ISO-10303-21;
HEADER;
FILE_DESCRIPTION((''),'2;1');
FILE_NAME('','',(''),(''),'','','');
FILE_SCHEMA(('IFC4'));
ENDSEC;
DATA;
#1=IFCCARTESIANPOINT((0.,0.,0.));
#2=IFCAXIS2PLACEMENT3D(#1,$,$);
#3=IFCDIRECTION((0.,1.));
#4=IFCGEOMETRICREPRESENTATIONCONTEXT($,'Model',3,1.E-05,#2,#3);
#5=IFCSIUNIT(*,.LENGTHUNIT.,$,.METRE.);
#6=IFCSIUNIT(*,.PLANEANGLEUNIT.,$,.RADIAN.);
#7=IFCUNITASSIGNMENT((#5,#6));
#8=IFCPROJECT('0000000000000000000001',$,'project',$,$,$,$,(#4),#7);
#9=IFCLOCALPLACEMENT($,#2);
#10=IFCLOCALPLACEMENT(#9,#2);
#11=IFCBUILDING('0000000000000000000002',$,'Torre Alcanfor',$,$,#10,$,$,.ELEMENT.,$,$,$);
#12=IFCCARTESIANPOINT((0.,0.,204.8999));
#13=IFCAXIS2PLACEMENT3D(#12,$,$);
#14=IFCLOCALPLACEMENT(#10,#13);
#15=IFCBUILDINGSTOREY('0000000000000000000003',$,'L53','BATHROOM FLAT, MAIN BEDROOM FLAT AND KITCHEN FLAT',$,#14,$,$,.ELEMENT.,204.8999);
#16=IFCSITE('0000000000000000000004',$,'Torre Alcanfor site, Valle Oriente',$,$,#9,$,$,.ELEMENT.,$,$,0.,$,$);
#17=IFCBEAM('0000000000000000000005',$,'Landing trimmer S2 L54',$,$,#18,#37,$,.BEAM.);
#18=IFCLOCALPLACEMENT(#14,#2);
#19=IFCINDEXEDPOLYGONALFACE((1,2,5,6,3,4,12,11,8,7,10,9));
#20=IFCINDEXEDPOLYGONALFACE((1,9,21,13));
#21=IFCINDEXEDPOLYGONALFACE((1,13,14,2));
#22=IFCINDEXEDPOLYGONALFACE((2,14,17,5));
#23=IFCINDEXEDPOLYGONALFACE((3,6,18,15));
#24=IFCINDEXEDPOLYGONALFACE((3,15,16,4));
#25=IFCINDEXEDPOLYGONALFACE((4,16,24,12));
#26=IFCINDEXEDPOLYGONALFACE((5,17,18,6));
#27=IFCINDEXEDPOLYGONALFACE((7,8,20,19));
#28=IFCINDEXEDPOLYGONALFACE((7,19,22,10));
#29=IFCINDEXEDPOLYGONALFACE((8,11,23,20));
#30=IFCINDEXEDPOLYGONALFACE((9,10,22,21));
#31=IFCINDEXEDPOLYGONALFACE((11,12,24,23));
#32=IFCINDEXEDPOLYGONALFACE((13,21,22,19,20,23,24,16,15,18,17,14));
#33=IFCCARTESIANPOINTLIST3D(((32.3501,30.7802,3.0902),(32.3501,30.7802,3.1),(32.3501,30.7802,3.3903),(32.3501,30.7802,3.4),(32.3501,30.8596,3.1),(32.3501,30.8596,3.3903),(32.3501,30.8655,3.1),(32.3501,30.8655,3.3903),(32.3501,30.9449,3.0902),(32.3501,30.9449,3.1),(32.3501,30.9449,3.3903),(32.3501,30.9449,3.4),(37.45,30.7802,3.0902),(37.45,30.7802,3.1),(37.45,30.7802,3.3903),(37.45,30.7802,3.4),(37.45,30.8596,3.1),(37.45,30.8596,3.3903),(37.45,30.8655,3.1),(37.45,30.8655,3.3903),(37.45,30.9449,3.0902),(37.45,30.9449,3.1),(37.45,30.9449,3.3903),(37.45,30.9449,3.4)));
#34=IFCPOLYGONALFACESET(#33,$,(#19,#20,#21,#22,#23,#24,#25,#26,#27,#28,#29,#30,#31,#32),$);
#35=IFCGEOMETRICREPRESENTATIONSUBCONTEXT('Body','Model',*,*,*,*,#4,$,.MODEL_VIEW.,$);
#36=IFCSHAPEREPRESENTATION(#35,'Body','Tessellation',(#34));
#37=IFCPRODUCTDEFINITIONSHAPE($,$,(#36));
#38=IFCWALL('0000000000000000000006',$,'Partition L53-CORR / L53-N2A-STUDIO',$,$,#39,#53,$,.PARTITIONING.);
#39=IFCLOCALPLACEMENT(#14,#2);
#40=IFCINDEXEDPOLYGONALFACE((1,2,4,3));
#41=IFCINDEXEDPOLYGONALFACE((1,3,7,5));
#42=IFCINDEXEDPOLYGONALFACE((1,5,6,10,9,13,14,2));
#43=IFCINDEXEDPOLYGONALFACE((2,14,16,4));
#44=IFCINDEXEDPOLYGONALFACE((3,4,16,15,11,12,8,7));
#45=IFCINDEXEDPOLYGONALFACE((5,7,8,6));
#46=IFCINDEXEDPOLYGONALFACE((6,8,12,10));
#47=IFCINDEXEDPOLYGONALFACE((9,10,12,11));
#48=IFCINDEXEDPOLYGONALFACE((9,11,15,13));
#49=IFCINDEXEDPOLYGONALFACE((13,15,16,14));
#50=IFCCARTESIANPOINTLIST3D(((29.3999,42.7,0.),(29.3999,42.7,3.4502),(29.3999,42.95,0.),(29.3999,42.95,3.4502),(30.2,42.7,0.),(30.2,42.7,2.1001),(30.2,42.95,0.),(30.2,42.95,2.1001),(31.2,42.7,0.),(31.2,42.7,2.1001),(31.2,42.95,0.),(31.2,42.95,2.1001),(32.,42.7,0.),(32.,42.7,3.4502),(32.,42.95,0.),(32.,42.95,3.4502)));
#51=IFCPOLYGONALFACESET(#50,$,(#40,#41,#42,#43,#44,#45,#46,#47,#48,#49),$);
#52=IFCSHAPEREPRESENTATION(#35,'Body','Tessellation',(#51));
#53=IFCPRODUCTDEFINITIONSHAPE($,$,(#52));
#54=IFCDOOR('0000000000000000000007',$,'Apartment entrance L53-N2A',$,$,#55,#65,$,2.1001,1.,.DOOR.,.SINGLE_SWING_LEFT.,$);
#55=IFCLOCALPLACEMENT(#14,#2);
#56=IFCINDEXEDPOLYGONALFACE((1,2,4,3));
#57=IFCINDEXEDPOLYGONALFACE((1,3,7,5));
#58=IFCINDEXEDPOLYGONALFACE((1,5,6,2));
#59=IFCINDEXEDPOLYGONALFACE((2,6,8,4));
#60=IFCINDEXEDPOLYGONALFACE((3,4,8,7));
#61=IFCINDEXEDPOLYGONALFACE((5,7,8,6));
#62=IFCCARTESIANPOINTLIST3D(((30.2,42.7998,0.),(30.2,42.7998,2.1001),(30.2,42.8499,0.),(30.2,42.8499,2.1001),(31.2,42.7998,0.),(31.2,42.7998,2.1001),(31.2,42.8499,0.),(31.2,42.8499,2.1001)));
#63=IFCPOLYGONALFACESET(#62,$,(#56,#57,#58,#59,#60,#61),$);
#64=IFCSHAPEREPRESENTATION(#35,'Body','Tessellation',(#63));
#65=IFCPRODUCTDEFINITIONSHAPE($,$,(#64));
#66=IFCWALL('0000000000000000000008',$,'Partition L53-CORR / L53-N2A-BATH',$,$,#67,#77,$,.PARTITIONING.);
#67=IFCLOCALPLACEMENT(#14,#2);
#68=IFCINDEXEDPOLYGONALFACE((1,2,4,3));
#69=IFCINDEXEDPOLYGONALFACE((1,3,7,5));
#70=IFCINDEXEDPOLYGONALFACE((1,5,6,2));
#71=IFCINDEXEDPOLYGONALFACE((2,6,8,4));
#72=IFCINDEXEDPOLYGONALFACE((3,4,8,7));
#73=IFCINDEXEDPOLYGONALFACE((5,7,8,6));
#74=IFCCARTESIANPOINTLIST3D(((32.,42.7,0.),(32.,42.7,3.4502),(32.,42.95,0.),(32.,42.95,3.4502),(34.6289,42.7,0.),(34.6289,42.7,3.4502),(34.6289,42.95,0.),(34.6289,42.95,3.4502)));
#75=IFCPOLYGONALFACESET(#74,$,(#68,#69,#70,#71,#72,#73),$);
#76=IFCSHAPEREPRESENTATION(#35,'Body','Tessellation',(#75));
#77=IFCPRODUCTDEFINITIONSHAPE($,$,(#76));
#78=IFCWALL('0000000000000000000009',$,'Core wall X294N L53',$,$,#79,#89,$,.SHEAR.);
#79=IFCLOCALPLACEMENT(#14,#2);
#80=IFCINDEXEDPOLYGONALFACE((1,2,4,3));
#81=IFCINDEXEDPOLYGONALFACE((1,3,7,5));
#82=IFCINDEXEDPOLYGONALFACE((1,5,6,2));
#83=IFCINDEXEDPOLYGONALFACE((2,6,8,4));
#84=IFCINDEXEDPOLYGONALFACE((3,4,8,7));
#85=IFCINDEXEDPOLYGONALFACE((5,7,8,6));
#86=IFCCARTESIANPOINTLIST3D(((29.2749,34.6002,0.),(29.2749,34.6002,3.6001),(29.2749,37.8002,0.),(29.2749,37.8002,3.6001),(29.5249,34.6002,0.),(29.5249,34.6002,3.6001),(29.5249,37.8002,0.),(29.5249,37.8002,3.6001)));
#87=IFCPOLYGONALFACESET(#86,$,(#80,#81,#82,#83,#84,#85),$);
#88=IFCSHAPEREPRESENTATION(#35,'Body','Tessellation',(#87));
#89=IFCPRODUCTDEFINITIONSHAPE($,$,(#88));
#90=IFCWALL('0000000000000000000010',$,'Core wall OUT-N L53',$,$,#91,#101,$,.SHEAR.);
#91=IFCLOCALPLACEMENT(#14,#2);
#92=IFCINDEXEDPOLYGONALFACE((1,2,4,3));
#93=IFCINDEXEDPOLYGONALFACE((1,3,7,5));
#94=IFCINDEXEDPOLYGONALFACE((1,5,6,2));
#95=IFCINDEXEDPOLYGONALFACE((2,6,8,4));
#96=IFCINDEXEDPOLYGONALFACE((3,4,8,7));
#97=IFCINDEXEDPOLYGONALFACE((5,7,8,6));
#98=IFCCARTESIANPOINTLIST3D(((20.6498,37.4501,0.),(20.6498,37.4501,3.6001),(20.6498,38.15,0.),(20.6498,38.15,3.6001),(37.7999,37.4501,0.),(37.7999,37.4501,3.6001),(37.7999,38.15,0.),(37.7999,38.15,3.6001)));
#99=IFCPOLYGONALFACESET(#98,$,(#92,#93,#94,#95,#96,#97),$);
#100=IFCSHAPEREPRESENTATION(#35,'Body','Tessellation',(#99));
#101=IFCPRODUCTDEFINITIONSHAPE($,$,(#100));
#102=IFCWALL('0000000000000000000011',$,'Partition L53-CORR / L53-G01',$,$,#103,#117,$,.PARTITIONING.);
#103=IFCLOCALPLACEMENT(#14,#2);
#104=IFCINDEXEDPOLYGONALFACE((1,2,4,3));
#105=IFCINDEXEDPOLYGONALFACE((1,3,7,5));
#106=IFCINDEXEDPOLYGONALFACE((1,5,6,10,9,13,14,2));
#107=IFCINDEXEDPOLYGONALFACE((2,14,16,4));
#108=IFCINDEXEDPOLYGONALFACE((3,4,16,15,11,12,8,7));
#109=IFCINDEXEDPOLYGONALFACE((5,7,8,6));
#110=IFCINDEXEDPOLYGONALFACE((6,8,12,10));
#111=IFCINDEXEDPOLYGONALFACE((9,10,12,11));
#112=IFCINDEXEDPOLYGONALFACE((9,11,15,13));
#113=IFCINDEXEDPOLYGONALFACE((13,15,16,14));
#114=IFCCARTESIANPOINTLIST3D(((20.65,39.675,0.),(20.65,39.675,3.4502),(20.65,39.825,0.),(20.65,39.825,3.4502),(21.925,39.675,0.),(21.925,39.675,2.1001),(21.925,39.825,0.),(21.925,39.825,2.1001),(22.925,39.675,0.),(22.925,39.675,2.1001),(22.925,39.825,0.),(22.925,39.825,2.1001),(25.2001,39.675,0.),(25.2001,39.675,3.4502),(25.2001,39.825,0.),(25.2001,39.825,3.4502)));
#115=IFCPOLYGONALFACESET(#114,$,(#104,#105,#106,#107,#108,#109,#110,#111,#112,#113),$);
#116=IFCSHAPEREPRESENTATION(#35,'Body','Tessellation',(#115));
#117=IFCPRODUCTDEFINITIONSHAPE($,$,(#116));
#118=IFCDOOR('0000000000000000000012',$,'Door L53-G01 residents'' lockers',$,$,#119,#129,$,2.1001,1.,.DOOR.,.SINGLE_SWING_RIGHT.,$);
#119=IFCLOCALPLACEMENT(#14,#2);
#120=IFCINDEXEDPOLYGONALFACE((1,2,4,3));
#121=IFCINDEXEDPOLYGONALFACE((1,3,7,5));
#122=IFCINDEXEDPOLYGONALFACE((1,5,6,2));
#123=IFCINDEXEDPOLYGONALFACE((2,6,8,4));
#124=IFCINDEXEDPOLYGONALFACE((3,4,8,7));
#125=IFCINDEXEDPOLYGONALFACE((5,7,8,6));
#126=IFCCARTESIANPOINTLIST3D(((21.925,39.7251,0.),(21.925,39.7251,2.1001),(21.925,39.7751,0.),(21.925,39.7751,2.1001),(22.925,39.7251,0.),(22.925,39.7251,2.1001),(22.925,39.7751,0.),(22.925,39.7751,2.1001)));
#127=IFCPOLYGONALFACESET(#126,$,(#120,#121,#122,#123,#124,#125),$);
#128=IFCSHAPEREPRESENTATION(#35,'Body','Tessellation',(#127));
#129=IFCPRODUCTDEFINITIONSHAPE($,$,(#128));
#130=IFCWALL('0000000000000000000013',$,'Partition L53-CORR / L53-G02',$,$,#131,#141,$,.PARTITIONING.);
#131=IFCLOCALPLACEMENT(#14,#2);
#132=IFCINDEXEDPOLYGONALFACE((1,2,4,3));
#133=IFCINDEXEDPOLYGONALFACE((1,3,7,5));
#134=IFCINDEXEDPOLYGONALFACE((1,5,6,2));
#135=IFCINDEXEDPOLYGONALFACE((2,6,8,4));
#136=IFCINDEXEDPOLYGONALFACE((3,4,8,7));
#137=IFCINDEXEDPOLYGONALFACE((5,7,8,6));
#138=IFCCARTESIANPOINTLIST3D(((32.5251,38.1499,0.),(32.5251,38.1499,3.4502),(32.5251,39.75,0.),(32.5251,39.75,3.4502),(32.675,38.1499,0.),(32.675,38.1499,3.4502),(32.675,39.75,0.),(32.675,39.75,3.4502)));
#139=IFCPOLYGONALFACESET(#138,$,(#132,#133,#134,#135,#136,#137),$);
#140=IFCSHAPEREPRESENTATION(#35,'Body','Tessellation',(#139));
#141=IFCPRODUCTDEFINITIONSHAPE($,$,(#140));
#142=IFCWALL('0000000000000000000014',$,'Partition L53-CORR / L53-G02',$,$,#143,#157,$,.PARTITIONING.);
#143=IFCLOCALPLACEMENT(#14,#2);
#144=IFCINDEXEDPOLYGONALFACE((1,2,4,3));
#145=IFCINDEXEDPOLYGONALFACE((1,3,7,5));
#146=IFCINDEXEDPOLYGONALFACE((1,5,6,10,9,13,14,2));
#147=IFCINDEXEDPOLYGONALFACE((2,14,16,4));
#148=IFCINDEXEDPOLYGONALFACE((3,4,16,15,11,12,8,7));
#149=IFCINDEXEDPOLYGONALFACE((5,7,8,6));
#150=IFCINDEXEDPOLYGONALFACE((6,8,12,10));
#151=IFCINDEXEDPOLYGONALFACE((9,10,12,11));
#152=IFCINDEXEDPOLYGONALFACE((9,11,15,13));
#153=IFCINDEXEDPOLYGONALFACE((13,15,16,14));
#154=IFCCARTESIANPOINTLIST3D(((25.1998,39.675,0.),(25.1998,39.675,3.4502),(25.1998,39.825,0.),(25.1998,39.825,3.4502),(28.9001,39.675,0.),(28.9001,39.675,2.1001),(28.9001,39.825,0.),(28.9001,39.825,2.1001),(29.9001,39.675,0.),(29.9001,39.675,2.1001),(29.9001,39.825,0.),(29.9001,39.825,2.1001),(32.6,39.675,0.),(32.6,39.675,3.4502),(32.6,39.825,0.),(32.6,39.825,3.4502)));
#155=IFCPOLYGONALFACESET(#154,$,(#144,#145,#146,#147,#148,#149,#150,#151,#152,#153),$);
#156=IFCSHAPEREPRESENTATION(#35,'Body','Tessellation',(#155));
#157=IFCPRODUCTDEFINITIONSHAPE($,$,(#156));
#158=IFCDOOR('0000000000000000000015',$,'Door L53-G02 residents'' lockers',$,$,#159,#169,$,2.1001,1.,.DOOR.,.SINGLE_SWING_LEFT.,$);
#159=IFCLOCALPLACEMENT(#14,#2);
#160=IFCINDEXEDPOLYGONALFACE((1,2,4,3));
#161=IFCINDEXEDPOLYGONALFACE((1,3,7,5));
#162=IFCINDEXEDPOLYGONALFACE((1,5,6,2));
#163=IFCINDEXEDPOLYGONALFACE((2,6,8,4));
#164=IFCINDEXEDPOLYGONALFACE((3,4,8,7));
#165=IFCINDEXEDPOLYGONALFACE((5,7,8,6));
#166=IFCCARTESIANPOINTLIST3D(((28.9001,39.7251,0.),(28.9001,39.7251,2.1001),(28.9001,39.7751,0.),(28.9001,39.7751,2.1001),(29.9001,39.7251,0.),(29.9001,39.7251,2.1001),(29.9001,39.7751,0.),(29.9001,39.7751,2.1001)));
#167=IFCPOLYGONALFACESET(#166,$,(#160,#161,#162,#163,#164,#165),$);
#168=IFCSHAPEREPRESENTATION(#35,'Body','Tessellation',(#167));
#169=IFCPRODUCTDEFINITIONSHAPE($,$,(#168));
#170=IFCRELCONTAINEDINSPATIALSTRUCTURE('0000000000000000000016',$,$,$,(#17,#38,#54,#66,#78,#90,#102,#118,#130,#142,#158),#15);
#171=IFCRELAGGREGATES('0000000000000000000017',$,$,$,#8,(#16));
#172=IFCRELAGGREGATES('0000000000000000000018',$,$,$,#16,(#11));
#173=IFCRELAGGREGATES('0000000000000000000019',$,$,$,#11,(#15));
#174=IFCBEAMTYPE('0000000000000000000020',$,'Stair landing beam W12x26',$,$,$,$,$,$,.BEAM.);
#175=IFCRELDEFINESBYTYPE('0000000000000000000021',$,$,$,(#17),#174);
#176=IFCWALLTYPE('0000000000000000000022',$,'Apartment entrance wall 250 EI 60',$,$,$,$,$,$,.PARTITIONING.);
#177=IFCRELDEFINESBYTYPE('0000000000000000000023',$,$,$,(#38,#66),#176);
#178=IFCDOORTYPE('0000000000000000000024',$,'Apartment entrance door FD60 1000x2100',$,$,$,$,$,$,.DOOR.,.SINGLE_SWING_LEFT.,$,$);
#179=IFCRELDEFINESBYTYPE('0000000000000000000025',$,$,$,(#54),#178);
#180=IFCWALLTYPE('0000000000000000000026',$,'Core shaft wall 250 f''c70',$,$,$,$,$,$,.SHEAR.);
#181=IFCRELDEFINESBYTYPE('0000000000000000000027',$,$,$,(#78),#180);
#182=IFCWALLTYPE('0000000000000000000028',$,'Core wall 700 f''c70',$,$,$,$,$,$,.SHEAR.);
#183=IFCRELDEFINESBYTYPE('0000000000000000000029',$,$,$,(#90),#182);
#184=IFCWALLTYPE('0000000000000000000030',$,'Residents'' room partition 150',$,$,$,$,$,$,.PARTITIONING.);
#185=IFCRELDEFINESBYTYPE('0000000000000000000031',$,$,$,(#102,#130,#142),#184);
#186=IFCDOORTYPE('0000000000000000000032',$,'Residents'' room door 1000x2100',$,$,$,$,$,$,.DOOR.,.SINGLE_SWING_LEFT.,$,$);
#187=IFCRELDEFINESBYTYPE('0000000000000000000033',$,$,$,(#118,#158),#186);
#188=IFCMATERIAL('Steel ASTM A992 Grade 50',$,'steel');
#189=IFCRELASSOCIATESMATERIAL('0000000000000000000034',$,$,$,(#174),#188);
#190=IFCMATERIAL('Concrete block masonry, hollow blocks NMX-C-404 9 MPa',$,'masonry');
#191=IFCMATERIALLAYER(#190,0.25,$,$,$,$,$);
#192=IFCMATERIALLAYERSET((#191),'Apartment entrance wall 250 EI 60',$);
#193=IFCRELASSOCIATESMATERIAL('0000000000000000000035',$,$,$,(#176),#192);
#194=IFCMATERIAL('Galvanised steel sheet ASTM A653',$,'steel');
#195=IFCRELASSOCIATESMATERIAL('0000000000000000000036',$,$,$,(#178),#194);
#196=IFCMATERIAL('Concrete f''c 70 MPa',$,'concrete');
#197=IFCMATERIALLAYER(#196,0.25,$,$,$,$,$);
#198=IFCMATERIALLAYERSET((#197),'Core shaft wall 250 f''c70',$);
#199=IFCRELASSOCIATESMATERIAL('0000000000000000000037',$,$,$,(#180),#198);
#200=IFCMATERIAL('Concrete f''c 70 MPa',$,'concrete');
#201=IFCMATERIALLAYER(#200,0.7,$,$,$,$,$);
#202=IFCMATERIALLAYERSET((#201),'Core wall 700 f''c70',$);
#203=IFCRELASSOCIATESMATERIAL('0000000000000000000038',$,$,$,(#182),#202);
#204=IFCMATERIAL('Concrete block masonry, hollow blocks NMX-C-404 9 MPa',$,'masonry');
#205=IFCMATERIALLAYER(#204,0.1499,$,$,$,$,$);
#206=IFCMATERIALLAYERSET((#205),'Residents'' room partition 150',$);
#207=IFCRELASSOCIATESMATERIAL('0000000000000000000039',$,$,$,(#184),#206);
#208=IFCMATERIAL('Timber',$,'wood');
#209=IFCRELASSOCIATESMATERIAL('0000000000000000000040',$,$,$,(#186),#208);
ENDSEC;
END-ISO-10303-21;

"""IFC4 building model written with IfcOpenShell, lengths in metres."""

from ifc_helpers import new_model, si_unit, direction, frame, frame_2d, origin, origin_2d, place, context, subcontext, project, spatial, rectangle, i_section, extrude, material, layer, layer_set, material_profile, profile_set, type_object, element, fill, save


model = new_model("IFC4")

# Units and contexts
model_context = context("Model", 3, precision=1e-05, world=origin(), true_north=direction((0.0, 1.0)))
body_context = subcontext(model_context, "Body", "Model", "MODEL_VIEW")
ifc_project = project(units=[si_unit("LENGTHUNIT", "METRE"), si_unit("PLANEANGLEUNIT", "RADIAN")], contexts=[model_context])

# Site, building, storey
site_placement = place(None, origin())
site = spatial("IfcSite", under=ifc_project, at=site_placement, Name="Torre Alcanfor site, Valle Oriente", CompositionType="ELEMENT", RefElevation=0.0)
building_placement = place(site_placement, origin())
building = spatial("IfcBuilding", under=site, at=building_placement, Name="Torre Alcanfor", CompositionType="ELEMENT")
storey_placement = place(building_placement, frame((0.0, 0.0, 204.8999)))
storey = spatial("IfcBuildingStorey", under=building, at=storey_placement, Name="L53", Description="BATHROOM FLAT, MAIN BEDROOM FLAT AND KITCHEN FLAT", CompositionType="ELEMENT", Elevation=204.8999)

# Beam
ifc_material_1 = material(Name="Steel ASTM A992 Grade 50", Category="steel")
ifc_material_profile_1 = material_profile(ifc_material_1, i_section(OverallWidth=0.1648, OverallDepth=0.3098, WebThickness=0.0059, FlangeThickness=0.0098, at=origin_2d()), Name="W12x26")
ifc_profile_set_1 = profile_set([ifc_material_profile_1], Name="Steel ASTM A992 Grade 50")
beam_type_1 = type_object("IfcBeamType", Name="Stair landing beam W12x26", PredefinedType="BEAM", material=ifc_profile_set_1)
beam_1_placement = place(storey_placement, frame((32.3501, 30.8625, 3.2451), z_axis=(1.0, 0.0, 0.0), x_axis=(0.0, 1.0, 0.0)))
element("IfcBeam", 1, at=beam_1_placement, inside=storey, type_object=beam_type_1, Name="Landing trimmer S2 L54", PredefinedType="BEAM", context=body_context, shape_type="SweptSolid", body=[
    extrude(i_section(OverallWidth=0.1648, OverallDepth=0.3098, WebThickness=0.0059, FlangeThickness=0.0098, at=origin_2d()), origin(), (0.0, 0.0, 1.0), 5.0999),
])

# Wall, opening, door
ifc_material_2 = material(Name="Concrete block masonry, hollow blocks NMX-C-404 9 MPa", Category="masonry")
ifc_layer_1 = layer(ifc_material_2, 0.25)
ifc_layer_set_1 = layer_set([ifc_layer_1], Name="Apartment entrance wall 250 EI 60")
wall_type_1 = type_object("IfcWallType", Name="Apartment entrance wall 250 EI 60", PredefinedType="PARTITIONING", material=ifc_layer_set_1)
wall_1_placement = place(storey_placement, frame((29.3999, 42.825, 0.0), z_axis=(0.0, 0.0, 1.0), x_axis=(1.0, 0.0, 0.0)))
wall_1 = element("IfcWall", 2, at=wall_1_placement, inside=storey, type_object=wall_type_1, Name="Partition L53-CORR / L53-N2A-STUDIO", PredefinedType="PARTITIONING", context=body_context, shape_type="SweptSolid", body=[
    extrude(rectangle(XDim=2.6001, YDim=0.25, at=frame_2d((1.3, 0.0))), origin(), (0.0, 0.0, 1.0), 3.4502),
])
opening_1_placement = place(wall_1_placement, frame((0.8, 0.0, 0.0)))
opening_1 = element("IfcOpeningElement", 3, at=opening_1_placement, cuts=wall_1, PredefinedType="OPENING", context=body_context, shape_type="SweptSolid", body=[
    extrude(rectangle(XDim=1.0, YDim=2.1001, at=frame_2d((0.5, 1.05))), frame((0.0, 0.135, 0.0), z_axis=(0.0, -1.0, 0.0), x_axis=(1.0, 0.0, 0.0)), (0.0, 0.0, 1.0), 0.27),
])
ifc_material_3 = material(Name="Galvanised steel sheet ASTM A653", Category="steel")
door_type_1 = type_object("IfcDoorType", Name="Apartment entrance door FD60 1000x2100", OperationType="SINGLE_SWING_LEFT", PredefinedType="DOOR", material=ifc_material_3)
door_1_placement = place(opening_1_placement, origin())
door_1 = element("IfcDoor", 4, at=door_1_placement, inside=storey, type_object=door_type_1, Name="Apartment entrance L53-N2A", OperationType="SINGLE_SWING_LEFT", OverallHeight=2.1001, OverallWidth=1.0, PredefinedType="DOOR", context=body_context, shape_type="SweptSolid", body=[
    extrude(rectangle(XDim=1.0, YDim=2.1001, at=frame_2d((0.5, 1.05))), frame((0.0, 0.0249, 0.0), z_axis=(0.0, -1.0, 0.0), x_axis=(1.0, 0.0, 0.0)), (0.0, 0.0, 1.0), 0.05),
])
fill(opening_1, door_1)

# Walls
wall_2_placement = place(storey_placement, frame((32.0, 42.825, 0.0), z_axis=(0.0, 0.0, 1.0), x_axis=(1.0, 0.0, 0.0)))
element("IfcWall", 5, at=wall_2_placement, inside=storey, type_object=wall_type_1, Name="Partition L53-CORR / L53-N2A-BATH", PredefinedType="PARTITIONING", context=body_context, shape_type="SweptSolid", body=[
    extrude(rectangle(XDim=2.6289, YDim=0.25, at=frame_2d((1.3145, 0.0))), origin(), (0.0, 0.0, 1.0), 3.4502),
])
ifc_material_4 = material(Name="Concrete f'c 70 MPa", Category="concrete")
ifc_layer_2 = layer(ifc_material_4, 0.25)
ifc_layer_set_2 = layer_set([ifc_layer_2], Name="Core shaft wall 250 f'c70")
wall_type_2 = type_object("IfcWallType", Name="Core shaft wall 250 f'c70", PredefinedType="SHEAR", material=ifc_layer_set_2)
wall_3_placement = place(storey_placement, frame((29.3999, 34.6001, 0.0), z_axis=(0.0, 0.0, 1.0), x_axis=(0.0, 1.0, 0.0)))
element("IfcWall", 6, at=wall_3_placement, inside=storey, type_object=wall_type_2, Name="Core wall X294N L53", PredefinedType="SHEAR", context=body_context, shape_type="SweptSolid", body=[
    extrude(rectangle(XDim=3.2, YDim=0.25, at=frame_2d((1.6001, 0.0))), origin(), (0.0, 0.0, 1.0), 3.6001),
])
ifc_material_5 = material(Name="Concrete f'c 70 MPa", Category="concrete")
ifc_layer_3 = layer(ifc_material_5, 0.7)
ifc_layer_set_3 = layer_set([ifc_layer_3], Name="Core wall 700 f'c70")
wall_type_3 = type_object("IfcWallType", Name="Core wall 700 f'c70", PredefinedType="SHEAR", material=ifc_layer_set_3)
wall_4_placement = place(storey_placement, frame((37.8, 37.8, 0.0), z_axis=(0.0, 0.0, 1.0), x_axis=(-1.0, 0.0, 0.0)))
element("IfcWall", 7, at=wall_4_placement, inside=storey, type_object=wall_type_3, Name="Core wall OUT-N L53", PredefinedType="SHEAR", context=body_context, shape_type="SweptSolid", body=[
    extrude(rectangle(XDim=17.1501, YDim=0.7, at=frame_2d((8.5752, 0.0))), origin(), (0.0, 0.0, 1.0), 3.6001),
])

# Wall, opening, door
ifc_material_6 = material(Name="Concrete block masonry, hollow blocks NMX-C-404 9 MPa", Category="masonry")
ifc_layer_4 = layer(ifc_material_6, 0.1499)
ifc_layer_set_4 = layer_set([ifc_layer_4], Name="Residents' room partition 150")
wall_type_4 = type_object("IfcWallType", Name="Residents' room partition 150", PredefinedType="PARTITIONING", material=ifc_layer_set_4)
wall_5_placement = place(storey_placement, frame((25.2, 39.75, 0.0), z_axis=(0.0, 0.0, 1.0), x_axis=(-1.0, 0.0, 0.0)))
wall_5 = element("IfcWall", 8, at=wall_5_placement, inside=storey, type_object=wall_type_4, Name="Partition L53-CORR / L53-G01", PredefinedType="PARTITIONING", context=body_context, shape_type="SweptSolid", body=[
    extrude(rectangle(XDim=4.55, YDim=0.1499, at=frame_2d((2.2749, 0.0))), origin(), (0.0, 0.0, 1.0), 3.4502),
])
opening_2_placement = place(wall_5_placement, frame((2.2749, 0.0, 0.0)))
opening_2 = element("IfcOpeningElement", 9, at=opening_2_placement, cuts=wall_5, PredefinedType="OPENING", context=body_context, shape_type="SweptSolid", body=[
    extrude(rectangle(XDim=1.0, YDim=2.1001, at=frame_2d((0.5, 1.05))), frame((0.0, 0.085, 0.0), z_axis=(0.0, -1.0, 0.0), x_axis=(1.0, 0.0, 0.0)), (0.0, 0.0, 1.0), 0.1699),
])
ifc_material_7 = material(Name="Timber", Category="wood")
door_type_2 = type_object("IfcDoorType", Name="Residents' room door 1000x2100", OperationType="SINGLE_SWING_LEFT", PredefinedType="DOOR", material=ifc_material_7)
door_2_placement = place(opening_2_placement, origin())
door_2 = element("IfcDoor", 10, at=door_2_placement, inside=storey, type_object=door_type_2, Name="Door L53-G01 residents' lockers", OperationType="SINGLE_SWING_RIGHT", OverallHeight=2.1001, OverallWidth=1.0, PredefinedType="DOOR", context=body_context, shape_type="SweptSolid", body=[
    extrude(rectangle(XDim=1.0, YDim=2.1001, at=frame_2d((0.5, 1.05))), frame((0.0, 0.0249, 0.0), z_axis=(0.0, -1.0, 0.0), x_axis=(1.0, 0.0, 0.0)), (0.0, 0.0, 1.0), 0.05),
])
fill(opening_2, door_2)

# Wall
wall_6_placement = place(storey_placement, frame((32.6001, 38.1499, 0.0), z_axis=(0.0, 0.0, 1.0), x_axis=(0.0, 1.0, 0.0)))
element("IfcWall", 11, at=wall_6_placement, inside=storey, type_object=wall_type_4, Name="Partition L53-CORR / L53-G02", PredefinedType="PARTITIONING", context=body_context, shape_type="SweptSolid", body=[
    extrude(rectangle(XDim=1.6001, YDim=0.1499, at=frame_2d((0.8, 0.0))), origin(), (0.0, 0.0, 1.0), 3.4502),
])

# Wall, opening, door
wall_7_placement = place(storey_placement, frame((32.6001, 39.75, 0.0), z_axis=(0.0, 0.0, 1.0), x_axis=(-1.0, 0.0, 0.0)))
wall_7 = element("IfcWall", 12, at=wall_7_placement, inside=storey, type_object=wall_type_4, Name="Partition L53-CORR / L53-G02", PredefinedType="PARTITIONING", context=body_context, shape_type="SweptSolid", body=[
    extrude(rectangle(XDim=7.4001, YDim=0.1499, at=frame_2d((3.7002, 0.0))), origin(), (0.0, 0.0, 1.0), 3.4502),
])
opening_3_placement = place(wall_7_placement, frame((2.7, 0.0, 0.0)))
opening_3 = element("IfcOpeningElement", 13, at=opening_3_placement, cuts=wall_7, PredefinedType="OPENING", context=body_context, shape_type="SweptSolid", body=[
    extrude(rectangle(XDim=1.0, YDim=2.1001, at=frame_2d((0.5, 1.05))), frame((0.0, 0.085, 0.0), z_axis=(0.0, -1.0, 0.0), x_axis=(1.0, 0.0, 0.0)), (0.0, 0.0, 1.0), 0.1699),
])
door_3_placement = place(opening_3_placement, origin())
door_3 = element("IfcDoor", 14, at=door_3_placement, inside=storey, type_object=door_type_2, Name="Door L53-G02 residents' lockers", OperationType="SINGLE_SWING_LEFT", OverallHeight=2.1001, OverallWidth=1.0, PredefinedType="DOOR", context=body_context, shape_type="SweptSolid", body=[
    extrude(rectangle(XDim=1.0, YDim=2.1001, at=frame_2d((0.5, 1.05))), frame((0.0, 0.0249, 0.0), z_axis=(0.0, -1.0, 0.0), x_axis=(1.0, 0.0, 0.0)), (0.0, 0.0, 1.0), 0.05),
])
fill(opening_3, door_3)

save(model, "model.ifc")
